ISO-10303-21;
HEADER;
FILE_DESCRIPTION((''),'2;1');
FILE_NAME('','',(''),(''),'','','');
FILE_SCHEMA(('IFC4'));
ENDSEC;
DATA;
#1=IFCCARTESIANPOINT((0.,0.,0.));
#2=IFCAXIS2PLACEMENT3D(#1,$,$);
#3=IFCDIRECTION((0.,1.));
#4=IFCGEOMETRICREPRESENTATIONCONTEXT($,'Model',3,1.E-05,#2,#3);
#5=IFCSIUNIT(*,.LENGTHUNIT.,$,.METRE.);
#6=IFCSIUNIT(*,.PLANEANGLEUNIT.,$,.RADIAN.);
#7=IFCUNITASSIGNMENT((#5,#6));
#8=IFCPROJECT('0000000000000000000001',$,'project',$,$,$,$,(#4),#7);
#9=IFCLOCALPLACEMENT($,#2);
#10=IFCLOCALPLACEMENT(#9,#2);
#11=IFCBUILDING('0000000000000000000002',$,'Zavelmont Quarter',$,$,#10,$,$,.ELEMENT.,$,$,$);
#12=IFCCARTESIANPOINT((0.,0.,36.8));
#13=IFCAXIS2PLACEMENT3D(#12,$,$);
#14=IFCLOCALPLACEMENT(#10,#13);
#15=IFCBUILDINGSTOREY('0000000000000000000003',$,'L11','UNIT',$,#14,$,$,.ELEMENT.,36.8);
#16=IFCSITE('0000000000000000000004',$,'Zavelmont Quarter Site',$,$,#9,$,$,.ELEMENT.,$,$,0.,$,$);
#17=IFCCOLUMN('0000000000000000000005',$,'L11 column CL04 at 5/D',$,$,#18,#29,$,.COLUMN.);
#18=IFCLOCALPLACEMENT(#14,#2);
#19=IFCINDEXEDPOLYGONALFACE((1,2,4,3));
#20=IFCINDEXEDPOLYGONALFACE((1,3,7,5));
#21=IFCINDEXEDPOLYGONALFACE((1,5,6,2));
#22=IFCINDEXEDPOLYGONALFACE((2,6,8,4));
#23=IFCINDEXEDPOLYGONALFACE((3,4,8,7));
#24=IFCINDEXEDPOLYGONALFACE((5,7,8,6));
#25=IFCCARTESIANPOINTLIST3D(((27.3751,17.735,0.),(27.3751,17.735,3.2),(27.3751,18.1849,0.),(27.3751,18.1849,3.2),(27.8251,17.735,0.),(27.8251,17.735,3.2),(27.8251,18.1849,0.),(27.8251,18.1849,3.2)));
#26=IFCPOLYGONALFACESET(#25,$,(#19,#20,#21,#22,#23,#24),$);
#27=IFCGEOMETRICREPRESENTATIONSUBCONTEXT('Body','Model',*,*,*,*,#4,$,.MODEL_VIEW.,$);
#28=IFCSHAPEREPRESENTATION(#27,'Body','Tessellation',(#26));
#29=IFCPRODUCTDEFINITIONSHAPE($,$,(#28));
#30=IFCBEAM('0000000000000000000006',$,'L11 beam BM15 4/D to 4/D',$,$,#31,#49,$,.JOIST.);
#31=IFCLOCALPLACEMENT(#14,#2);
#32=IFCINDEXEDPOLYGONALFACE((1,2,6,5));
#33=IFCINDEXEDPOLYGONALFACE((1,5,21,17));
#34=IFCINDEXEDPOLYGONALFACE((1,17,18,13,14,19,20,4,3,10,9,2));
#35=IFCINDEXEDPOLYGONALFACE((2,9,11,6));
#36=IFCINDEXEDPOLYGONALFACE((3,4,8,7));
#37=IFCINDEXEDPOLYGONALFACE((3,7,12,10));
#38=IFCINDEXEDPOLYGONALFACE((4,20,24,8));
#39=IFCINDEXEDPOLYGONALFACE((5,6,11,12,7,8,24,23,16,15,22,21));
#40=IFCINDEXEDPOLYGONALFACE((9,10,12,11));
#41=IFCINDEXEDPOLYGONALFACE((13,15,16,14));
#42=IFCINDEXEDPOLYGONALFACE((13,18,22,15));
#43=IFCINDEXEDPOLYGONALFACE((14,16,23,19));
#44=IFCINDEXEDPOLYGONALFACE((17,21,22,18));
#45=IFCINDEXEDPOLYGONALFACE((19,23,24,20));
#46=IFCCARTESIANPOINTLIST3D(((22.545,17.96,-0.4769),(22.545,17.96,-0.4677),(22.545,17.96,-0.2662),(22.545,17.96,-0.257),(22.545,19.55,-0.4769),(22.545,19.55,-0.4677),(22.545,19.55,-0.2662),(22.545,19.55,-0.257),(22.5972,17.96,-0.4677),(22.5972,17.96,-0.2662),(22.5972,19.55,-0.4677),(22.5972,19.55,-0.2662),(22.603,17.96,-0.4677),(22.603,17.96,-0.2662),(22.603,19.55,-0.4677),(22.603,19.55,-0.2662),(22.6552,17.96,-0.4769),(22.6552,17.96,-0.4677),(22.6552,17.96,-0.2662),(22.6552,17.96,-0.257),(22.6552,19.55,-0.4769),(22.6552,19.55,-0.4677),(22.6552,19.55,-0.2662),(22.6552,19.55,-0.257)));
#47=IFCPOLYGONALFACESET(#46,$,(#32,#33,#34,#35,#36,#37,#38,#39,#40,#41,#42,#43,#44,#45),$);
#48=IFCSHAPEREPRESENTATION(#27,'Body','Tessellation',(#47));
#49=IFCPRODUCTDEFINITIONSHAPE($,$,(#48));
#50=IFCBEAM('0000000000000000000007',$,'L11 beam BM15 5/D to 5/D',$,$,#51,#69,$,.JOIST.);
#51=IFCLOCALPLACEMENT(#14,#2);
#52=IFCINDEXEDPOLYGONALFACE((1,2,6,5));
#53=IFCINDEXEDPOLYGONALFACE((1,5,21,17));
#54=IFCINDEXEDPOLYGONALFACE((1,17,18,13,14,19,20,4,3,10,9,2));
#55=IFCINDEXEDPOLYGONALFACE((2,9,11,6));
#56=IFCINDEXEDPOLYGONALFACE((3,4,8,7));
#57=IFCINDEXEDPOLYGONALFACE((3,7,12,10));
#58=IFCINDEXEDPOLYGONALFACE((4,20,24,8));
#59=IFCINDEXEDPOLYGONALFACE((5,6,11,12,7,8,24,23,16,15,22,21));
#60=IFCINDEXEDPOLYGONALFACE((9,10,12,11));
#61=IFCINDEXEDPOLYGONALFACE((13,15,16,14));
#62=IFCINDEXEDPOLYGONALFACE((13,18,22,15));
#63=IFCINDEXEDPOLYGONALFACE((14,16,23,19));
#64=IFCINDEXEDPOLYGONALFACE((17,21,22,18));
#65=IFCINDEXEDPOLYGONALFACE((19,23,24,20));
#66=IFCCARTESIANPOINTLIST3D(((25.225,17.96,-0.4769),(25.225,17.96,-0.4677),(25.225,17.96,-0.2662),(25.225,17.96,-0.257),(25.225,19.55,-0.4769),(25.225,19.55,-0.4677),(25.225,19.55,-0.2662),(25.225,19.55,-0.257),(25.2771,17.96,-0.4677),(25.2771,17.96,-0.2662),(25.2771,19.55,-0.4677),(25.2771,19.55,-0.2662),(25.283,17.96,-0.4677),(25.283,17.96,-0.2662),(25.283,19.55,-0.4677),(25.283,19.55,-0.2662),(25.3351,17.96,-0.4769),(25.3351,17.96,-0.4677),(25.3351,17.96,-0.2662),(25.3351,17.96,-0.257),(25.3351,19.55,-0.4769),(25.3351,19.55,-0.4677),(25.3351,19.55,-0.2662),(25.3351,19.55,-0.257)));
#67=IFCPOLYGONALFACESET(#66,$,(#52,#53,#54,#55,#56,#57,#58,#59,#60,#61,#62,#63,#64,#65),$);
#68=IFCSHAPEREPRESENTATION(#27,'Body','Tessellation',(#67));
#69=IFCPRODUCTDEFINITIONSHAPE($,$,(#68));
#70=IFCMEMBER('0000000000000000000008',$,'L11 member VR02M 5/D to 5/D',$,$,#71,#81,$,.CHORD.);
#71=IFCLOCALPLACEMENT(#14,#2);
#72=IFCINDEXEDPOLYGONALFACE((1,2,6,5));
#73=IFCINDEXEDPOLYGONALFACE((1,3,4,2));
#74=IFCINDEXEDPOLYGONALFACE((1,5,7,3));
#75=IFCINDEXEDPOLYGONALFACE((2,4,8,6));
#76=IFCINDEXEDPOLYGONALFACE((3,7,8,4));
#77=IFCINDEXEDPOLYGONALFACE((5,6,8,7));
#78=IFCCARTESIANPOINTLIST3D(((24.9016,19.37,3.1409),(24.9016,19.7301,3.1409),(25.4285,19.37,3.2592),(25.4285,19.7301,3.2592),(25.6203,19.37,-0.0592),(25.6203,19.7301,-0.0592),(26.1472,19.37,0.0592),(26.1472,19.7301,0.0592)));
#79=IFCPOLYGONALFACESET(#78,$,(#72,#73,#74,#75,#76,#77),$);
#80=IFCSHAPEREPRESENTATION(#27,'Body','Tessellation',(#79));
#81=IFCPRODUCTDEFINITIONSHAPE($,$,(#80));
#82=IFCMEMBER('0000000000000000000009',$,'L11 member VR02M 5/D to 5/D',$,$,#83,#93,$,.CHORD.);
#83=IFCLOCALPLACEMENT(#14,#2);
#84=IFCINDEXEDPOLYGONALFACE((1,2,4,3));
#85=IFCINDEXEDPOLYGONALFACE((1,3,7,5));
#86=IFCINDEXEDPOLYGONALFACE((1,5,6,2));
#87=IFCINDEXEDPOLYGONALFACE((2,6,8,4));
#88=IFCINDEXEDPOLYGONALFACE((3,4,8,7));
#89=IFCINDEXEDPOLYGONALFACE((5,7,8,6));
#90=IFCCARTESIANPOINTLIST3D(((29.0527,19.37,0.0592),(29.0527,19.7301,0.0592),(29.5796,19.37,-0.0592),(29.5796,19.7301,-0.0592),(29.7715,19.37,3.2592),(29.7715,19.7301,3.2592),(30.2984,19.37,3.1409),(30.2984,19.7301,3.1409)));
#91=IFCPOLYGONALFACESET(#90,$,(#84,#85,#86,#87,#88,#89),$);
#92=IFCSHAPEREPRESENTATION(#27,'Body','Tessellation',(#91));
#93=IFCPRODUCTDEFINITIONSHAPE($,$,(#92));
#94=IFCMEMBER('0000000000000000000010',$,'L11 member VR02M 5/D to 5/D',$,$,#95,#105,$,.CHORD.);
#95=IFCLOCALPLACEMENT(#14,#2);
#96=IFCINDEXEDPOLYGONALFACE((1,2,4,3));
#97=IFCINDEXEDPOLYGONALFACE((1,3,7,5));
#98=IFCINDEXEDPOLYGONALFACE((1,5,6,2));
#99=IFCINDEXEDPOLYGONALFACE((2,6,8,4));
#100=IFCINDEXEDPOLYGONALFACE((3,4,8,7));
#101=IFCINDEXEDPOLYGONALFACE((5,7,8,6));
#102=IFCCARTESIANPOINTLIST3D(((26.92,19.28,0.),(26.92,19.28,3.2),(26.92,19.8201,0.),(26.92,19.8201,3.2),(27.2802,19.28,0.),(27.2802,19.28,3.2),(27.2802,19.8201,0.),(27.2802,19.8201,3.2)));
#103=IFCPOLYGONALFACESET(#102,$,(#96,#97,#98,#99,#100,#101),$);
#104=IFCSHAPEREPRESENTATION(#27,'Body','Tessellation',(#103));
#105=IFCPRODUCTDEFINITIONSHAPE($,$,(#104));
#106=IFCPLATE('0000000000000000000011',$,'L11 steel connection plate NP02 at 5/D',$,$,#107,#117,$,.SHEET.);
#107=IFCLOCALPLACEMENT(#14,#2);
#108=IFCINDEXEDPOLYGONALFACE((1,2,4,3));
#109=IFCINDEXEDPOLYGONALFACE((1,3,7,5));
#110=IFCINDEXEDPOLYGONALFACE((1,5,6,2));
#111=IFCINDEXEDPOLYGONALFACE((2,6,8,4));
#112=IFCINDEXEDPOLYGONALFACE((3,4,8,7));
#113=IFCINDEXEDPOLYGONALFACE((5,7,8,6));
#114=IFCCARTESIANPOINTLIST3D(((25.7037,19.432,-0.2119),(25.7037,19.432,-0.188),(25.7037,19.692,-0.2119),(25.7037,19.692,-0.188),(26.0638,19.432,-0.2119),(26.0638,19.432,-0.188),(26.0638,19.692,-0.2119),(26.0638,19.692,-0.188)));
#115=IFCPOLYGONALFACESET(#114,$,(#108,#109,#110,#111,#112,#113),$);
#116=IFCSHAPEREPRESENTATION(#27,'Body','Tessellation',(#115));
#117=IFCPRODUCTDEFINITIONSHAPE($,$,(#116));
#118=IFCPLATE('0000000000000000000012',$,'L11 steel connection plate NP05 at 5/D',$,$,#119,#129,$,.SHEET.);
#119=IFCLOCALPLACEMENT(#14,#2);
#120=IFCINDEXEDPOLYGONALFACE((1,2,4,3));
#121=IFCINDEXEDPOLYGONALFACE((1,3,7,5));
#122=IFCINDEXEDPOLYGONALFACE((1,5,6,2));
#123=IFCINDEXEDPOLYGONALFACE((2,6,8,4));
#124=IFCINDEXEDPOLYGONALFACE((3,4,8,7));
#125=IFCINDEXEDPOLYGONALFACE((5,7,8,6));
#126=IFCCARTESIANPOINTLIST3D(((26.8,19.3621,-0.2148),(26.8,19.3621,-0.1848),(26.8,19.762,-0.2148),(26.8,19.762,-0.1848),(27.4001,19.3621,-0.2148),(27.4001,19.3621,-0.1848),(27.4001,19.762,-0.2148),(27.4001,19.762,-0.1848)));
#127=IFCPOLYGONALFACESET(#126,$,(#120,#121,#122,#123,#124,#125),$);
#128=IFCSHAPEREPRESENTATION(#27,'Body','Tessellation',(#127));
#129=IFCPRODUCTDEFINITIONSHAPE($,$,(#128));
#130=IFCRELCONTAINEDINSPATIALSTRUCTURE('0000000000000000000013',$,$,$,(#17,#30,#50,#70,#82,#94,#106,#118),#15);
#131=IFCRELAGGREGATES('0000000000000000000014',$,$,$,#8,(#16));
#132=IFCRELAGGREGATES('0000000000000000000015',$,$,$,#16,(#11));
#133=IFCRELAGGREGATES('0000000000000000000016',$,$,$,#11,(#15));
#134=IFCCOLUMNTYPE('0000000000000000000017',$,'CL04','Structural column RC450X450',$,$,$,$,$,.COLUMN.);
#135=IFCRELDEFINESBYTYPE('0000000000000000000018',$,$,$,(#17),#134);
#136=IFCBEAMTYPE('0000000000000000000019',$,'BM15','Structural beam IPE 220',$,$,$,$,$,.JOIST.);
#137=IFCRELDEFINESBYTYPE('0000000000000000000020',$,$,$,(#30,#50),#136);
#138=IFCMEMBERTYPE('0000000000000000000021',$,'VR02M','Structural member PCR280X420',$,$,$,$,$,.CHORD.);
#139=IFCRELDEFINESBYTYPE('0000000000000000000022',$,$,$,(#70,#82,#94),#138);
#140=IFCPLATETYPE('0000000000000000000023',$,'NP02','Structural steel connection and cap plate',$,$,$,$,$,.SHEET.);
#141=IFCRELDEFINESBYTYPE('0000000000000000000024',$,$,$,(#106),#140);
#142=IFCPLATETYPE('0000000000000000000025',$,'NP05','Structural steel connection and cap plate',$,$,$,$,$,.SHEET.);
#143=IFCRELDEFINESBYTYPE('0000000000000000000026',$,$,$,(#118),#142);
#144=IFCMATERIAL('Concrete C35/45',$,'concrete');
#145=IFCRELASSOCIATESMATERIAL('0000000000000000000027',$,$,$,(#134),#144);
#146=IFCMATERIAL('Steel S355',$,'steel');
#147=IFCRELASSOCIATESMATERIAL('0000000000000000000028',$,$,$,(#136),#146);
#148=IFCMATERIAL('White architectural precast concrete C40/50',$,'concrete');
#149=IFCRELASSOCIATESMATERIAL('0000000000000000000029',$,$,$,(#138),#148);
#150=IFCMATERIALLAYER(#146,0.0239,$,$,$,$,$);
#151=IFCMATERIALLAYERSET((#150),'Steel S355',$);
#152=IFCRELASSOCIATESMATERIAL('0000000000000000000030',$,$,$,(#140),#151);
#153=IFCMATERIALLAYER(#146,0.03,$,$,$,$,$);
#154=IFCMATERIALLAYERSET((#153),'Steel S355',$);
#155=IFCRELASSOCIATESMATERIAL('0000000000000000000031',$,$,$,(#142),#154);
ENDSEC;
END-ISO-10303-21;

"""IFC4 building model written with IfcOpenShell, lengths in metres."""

from ifc_helpers import new_model, si_unit, direction, frame, origin, origin_2d, place, context, subcontext, project, spatial, rectangle, i_section, extrude, material, layer, layer_set, material_profile, profile_set, type_object, element, save


model = new_model("IFC4")

# Units and contexts
model_context = context("Model", 3, precision=1e-05, world=origin(), true_north=direction((0.0, 1.0)))
body_context = subcontext(model_context, "Body", "Model", "MODEL_VIEW")
ifc_project = project(units=[si_unit("LENGTHUNIT", "METRE"), si_unit("PLANEANGLEUNIT", "RADIAN")], contexts=[model_context])

# Site, building, storey
site_placement = place(None, origin())
site = spatial("IfcSite", under=ifc_project, at=site_placement, Name="Zavelmont Quarter Site", CompositionType="ELEMENT", RefElevation=0.0)
building_placement = place(site_placement, origin())
building = spatial("IfcBuilding", under=site, at=building_placement, Name="Zavelmont Quarter", CompositionType="ELEMENT")
storey_placement = place(building_placement, frame((0.0, 0.0, 36.8)))
storey = spatial("IfcBuildingStorey", under=building, at=storey_placement, Name="L11", Description="UNIT", CompositionType="ELEMENT", Elevation=36.8)

# Column
ifc_material_1 = material(Name="Concrete C35/45", Category="concrete")
ifc_material_profile_1 = material_profile(ifc_material_1, rectangle(XDim=0.45, YDim=0.45, at=origin_2d()), Name="RC450X450")
ifc_profile_set_1 = profile_set([ifc_material_profile_1], Name="Concrete C35/45")
column_type = type_object("IfcColumnType", Name="CL04", Description="Structural column RC450X450", PredefinedType="COLUMN", material=ifc_profile_set_1)
column_placement = place(storey_placement, frame((27.6001, 17.96, 0.0), z_axis=(0.0, 0.0, 1.0), x_axis=(1.0, 0.0, 0.0)))
element("IfcColumn", 1, at=column_placement, inside=storey, type_object=column_type, Name="L11 column CL04 at 5/D", PredefinedType="COLUMN", context=body_context, shape_type="SweptSolid", body=[
    extrude(rectangle(XDim=0.45, YDim=0.45, at=origin_2d()), origin(), (0.0, 0.0, 1.0), 3.2),
])

# Beams
ifc_material_2 = material(Name="Steel S355", Category="steel")
ifc_material_profile_2 = material_profile(ifc_material_2, i_section(OverallWidth=0.1101, OverallDepth=0.22, WebThickness=0.0059, FlangeThickness=0.0093, at=origin_2d()), Name="IPE 220")
ifc_profile_set_2 = profile_set([ifc_material_profile_2], Name="Steel S355")
beam_type = type_object("IfcBeamType", Name="BM15", Description="Structural beam IPE 220", PredefinedType="JOIST", material=ifc_profile_set_2)
for number, where, z_axis, x_axis, name in (
    (2, (22.6001, 17.96, -0.3669), (0.0, 1.0, 0.0), (-1.0, 0.0, 0.0), "L11 beam BM15 4/D to 4/D"),
    (3, (25.28, 17.96, -0.3669), (0.0, 1.0, 0.0), (-1.0, 0.0, 0.0), "L11 beam BM15 5/D to 5/D"),
):
    element("IfcBeam", number, at=place(storey_placement, frame(where, z_axis=z_axis, x_axis=x_axis)), inside=storey, type_object=beam_type, Name=name, PredefinedType="JOIST", context=body_context, shape_type="SweptSolid", body=[
        extrude(i_section(OverallWidth=0.1101, OverallDepth=0.22, WebThickness=0.0059, FlangeThickness=0.0093, at=origin_2d()), origin(), (0.0, 0.0, 1.0), 1.5901),
    ])

# Members
ifc_material_3 = material(Name="White architectural precast concrete C40/50", Category="concrete")
ifc_material_profile_3 = material_profile(ifc_material_3, rectangle(XDim=0.3601, YDim=0.54, at=origin_2d()), Name="PCR280X420")
ifc_profile_set_3 = profile_set([ifc_material_profile_3], Name="White architectural precast concrete C40/50")
member_type = type_object("IfcMemberType", Name="VR02M", Description="Structural member PCR280X420", PredefinedType="CHORD", material=ifc_profile_set_3)
for number, where, z_axis, x_axis, name in (
    (4, (25.8838, 19.55, 0.0), (-0.219153, 0.0, 0.975691), (0.0, -1.0, 0.0), "L11 member VR02M 5/D to 5/D"),
    (5, (29.3162, 19.55, 0.0), (0.219153, 0.0, 0.975691), (0.0, 1.0, 0.0), "L11 member VR02M 5/D to 5/D"),
):
    element("IfcMember", number, at=place(storey_placement, frame(where, z_axis=z_axis, x_axis=x_axis)), inside=storey, type_object=member_type, Name=name, PredefinedType="CHORD", context=body_context, shape_type="SweptSolid", body=[
        extrude(rectangle(XDim=0.3601, YDim=0.54, at=origin_2d()), origin(), (0.0, 0.0, 1.0), 3.2798),
    ])
member_placement = place(storey_placement, frame((27.1001, 19.55, 0.0), z_axis=(0.0, 0.0, 1.0), x_axis=(1.0, 0.0, 0.0)))
element("IfcMember", 6, at=member_placement, inside=storey, type_object=member_type, Name="L11 member VR02M 5/D to 5/D", PredefinedType="CHORD", context=body_context, shape_type="SweptSolid", body=[
    extrude(rectangle(XDim=0.3601, YDim=0.54, at=origin_2d()), origin(), (0.0, 0.0, 1.0), 3.2),
])

# Plates
ifc_layer_1 = layer(ifc_material_2, 0.0239)
ifc_layer_set_1 = layer_set([ifc_layer_1], Name="Steel S355")
plate_type_1 = type_object("IfcPlateType", Name="NP02", Description="Structural steel connection and cap plate", PredefinedType="SHEET", material=ifc_layer_set_1)
plate_1_placement = place(storey_placement, frame((25.8838, 19.562, -0.2119), z_axis=(0.0, 0.0, 1.0), x_axis=(1.0, 0.0, 0.0)))
element("IfcPlate", 7, at=plate_1_placement, inside=storey, type_object=plate_type_1, Name="L11 steel connection plate NP02 at 5/D", PredefinedType="SHEET", context=body_context, shape_type="SweptSolid", body=[
    extrude(rectangle(XDim=0.3601, YDim=0.26, at=origin_2d()), origin(), (0.0, 0.0, 1.0), 0.0239),
])
ifc_layer_2 = layer(ifc_material_2, 0.03)
ifc_layer_set_2 = layer_set([ifc_layer_2], Name="Steel S355")
plate_type_2 = type_object("IfcPlateType", Name="NP05", Description="Structural steel connection and cap plate", PredefinedType="SHEET", material=ifc_layer_set_2)
plate_2_placement = place(storey_placement, frame((27.1001, 19.562, -0.2148), z_axis=(0.0, 0.0, 1.0), x_axis=(1.0, 0.0, 0.0)))
element("IfcPlate", 8, at=plate_2_placement, inside=storey, type_object=plate_type_2, Name="L11 steel connection plate NP05 at 5/D", PredefinedType="SHEET", context=body_context, shape_type="SweptSolid", body=[
    extrude(rectangle(XDim=0.6001, YDim=0.3999, at=origin_2d()), origin(), (0.0, 0.0, 1.0), 0.03),
])

save(model, "model.ifc")
